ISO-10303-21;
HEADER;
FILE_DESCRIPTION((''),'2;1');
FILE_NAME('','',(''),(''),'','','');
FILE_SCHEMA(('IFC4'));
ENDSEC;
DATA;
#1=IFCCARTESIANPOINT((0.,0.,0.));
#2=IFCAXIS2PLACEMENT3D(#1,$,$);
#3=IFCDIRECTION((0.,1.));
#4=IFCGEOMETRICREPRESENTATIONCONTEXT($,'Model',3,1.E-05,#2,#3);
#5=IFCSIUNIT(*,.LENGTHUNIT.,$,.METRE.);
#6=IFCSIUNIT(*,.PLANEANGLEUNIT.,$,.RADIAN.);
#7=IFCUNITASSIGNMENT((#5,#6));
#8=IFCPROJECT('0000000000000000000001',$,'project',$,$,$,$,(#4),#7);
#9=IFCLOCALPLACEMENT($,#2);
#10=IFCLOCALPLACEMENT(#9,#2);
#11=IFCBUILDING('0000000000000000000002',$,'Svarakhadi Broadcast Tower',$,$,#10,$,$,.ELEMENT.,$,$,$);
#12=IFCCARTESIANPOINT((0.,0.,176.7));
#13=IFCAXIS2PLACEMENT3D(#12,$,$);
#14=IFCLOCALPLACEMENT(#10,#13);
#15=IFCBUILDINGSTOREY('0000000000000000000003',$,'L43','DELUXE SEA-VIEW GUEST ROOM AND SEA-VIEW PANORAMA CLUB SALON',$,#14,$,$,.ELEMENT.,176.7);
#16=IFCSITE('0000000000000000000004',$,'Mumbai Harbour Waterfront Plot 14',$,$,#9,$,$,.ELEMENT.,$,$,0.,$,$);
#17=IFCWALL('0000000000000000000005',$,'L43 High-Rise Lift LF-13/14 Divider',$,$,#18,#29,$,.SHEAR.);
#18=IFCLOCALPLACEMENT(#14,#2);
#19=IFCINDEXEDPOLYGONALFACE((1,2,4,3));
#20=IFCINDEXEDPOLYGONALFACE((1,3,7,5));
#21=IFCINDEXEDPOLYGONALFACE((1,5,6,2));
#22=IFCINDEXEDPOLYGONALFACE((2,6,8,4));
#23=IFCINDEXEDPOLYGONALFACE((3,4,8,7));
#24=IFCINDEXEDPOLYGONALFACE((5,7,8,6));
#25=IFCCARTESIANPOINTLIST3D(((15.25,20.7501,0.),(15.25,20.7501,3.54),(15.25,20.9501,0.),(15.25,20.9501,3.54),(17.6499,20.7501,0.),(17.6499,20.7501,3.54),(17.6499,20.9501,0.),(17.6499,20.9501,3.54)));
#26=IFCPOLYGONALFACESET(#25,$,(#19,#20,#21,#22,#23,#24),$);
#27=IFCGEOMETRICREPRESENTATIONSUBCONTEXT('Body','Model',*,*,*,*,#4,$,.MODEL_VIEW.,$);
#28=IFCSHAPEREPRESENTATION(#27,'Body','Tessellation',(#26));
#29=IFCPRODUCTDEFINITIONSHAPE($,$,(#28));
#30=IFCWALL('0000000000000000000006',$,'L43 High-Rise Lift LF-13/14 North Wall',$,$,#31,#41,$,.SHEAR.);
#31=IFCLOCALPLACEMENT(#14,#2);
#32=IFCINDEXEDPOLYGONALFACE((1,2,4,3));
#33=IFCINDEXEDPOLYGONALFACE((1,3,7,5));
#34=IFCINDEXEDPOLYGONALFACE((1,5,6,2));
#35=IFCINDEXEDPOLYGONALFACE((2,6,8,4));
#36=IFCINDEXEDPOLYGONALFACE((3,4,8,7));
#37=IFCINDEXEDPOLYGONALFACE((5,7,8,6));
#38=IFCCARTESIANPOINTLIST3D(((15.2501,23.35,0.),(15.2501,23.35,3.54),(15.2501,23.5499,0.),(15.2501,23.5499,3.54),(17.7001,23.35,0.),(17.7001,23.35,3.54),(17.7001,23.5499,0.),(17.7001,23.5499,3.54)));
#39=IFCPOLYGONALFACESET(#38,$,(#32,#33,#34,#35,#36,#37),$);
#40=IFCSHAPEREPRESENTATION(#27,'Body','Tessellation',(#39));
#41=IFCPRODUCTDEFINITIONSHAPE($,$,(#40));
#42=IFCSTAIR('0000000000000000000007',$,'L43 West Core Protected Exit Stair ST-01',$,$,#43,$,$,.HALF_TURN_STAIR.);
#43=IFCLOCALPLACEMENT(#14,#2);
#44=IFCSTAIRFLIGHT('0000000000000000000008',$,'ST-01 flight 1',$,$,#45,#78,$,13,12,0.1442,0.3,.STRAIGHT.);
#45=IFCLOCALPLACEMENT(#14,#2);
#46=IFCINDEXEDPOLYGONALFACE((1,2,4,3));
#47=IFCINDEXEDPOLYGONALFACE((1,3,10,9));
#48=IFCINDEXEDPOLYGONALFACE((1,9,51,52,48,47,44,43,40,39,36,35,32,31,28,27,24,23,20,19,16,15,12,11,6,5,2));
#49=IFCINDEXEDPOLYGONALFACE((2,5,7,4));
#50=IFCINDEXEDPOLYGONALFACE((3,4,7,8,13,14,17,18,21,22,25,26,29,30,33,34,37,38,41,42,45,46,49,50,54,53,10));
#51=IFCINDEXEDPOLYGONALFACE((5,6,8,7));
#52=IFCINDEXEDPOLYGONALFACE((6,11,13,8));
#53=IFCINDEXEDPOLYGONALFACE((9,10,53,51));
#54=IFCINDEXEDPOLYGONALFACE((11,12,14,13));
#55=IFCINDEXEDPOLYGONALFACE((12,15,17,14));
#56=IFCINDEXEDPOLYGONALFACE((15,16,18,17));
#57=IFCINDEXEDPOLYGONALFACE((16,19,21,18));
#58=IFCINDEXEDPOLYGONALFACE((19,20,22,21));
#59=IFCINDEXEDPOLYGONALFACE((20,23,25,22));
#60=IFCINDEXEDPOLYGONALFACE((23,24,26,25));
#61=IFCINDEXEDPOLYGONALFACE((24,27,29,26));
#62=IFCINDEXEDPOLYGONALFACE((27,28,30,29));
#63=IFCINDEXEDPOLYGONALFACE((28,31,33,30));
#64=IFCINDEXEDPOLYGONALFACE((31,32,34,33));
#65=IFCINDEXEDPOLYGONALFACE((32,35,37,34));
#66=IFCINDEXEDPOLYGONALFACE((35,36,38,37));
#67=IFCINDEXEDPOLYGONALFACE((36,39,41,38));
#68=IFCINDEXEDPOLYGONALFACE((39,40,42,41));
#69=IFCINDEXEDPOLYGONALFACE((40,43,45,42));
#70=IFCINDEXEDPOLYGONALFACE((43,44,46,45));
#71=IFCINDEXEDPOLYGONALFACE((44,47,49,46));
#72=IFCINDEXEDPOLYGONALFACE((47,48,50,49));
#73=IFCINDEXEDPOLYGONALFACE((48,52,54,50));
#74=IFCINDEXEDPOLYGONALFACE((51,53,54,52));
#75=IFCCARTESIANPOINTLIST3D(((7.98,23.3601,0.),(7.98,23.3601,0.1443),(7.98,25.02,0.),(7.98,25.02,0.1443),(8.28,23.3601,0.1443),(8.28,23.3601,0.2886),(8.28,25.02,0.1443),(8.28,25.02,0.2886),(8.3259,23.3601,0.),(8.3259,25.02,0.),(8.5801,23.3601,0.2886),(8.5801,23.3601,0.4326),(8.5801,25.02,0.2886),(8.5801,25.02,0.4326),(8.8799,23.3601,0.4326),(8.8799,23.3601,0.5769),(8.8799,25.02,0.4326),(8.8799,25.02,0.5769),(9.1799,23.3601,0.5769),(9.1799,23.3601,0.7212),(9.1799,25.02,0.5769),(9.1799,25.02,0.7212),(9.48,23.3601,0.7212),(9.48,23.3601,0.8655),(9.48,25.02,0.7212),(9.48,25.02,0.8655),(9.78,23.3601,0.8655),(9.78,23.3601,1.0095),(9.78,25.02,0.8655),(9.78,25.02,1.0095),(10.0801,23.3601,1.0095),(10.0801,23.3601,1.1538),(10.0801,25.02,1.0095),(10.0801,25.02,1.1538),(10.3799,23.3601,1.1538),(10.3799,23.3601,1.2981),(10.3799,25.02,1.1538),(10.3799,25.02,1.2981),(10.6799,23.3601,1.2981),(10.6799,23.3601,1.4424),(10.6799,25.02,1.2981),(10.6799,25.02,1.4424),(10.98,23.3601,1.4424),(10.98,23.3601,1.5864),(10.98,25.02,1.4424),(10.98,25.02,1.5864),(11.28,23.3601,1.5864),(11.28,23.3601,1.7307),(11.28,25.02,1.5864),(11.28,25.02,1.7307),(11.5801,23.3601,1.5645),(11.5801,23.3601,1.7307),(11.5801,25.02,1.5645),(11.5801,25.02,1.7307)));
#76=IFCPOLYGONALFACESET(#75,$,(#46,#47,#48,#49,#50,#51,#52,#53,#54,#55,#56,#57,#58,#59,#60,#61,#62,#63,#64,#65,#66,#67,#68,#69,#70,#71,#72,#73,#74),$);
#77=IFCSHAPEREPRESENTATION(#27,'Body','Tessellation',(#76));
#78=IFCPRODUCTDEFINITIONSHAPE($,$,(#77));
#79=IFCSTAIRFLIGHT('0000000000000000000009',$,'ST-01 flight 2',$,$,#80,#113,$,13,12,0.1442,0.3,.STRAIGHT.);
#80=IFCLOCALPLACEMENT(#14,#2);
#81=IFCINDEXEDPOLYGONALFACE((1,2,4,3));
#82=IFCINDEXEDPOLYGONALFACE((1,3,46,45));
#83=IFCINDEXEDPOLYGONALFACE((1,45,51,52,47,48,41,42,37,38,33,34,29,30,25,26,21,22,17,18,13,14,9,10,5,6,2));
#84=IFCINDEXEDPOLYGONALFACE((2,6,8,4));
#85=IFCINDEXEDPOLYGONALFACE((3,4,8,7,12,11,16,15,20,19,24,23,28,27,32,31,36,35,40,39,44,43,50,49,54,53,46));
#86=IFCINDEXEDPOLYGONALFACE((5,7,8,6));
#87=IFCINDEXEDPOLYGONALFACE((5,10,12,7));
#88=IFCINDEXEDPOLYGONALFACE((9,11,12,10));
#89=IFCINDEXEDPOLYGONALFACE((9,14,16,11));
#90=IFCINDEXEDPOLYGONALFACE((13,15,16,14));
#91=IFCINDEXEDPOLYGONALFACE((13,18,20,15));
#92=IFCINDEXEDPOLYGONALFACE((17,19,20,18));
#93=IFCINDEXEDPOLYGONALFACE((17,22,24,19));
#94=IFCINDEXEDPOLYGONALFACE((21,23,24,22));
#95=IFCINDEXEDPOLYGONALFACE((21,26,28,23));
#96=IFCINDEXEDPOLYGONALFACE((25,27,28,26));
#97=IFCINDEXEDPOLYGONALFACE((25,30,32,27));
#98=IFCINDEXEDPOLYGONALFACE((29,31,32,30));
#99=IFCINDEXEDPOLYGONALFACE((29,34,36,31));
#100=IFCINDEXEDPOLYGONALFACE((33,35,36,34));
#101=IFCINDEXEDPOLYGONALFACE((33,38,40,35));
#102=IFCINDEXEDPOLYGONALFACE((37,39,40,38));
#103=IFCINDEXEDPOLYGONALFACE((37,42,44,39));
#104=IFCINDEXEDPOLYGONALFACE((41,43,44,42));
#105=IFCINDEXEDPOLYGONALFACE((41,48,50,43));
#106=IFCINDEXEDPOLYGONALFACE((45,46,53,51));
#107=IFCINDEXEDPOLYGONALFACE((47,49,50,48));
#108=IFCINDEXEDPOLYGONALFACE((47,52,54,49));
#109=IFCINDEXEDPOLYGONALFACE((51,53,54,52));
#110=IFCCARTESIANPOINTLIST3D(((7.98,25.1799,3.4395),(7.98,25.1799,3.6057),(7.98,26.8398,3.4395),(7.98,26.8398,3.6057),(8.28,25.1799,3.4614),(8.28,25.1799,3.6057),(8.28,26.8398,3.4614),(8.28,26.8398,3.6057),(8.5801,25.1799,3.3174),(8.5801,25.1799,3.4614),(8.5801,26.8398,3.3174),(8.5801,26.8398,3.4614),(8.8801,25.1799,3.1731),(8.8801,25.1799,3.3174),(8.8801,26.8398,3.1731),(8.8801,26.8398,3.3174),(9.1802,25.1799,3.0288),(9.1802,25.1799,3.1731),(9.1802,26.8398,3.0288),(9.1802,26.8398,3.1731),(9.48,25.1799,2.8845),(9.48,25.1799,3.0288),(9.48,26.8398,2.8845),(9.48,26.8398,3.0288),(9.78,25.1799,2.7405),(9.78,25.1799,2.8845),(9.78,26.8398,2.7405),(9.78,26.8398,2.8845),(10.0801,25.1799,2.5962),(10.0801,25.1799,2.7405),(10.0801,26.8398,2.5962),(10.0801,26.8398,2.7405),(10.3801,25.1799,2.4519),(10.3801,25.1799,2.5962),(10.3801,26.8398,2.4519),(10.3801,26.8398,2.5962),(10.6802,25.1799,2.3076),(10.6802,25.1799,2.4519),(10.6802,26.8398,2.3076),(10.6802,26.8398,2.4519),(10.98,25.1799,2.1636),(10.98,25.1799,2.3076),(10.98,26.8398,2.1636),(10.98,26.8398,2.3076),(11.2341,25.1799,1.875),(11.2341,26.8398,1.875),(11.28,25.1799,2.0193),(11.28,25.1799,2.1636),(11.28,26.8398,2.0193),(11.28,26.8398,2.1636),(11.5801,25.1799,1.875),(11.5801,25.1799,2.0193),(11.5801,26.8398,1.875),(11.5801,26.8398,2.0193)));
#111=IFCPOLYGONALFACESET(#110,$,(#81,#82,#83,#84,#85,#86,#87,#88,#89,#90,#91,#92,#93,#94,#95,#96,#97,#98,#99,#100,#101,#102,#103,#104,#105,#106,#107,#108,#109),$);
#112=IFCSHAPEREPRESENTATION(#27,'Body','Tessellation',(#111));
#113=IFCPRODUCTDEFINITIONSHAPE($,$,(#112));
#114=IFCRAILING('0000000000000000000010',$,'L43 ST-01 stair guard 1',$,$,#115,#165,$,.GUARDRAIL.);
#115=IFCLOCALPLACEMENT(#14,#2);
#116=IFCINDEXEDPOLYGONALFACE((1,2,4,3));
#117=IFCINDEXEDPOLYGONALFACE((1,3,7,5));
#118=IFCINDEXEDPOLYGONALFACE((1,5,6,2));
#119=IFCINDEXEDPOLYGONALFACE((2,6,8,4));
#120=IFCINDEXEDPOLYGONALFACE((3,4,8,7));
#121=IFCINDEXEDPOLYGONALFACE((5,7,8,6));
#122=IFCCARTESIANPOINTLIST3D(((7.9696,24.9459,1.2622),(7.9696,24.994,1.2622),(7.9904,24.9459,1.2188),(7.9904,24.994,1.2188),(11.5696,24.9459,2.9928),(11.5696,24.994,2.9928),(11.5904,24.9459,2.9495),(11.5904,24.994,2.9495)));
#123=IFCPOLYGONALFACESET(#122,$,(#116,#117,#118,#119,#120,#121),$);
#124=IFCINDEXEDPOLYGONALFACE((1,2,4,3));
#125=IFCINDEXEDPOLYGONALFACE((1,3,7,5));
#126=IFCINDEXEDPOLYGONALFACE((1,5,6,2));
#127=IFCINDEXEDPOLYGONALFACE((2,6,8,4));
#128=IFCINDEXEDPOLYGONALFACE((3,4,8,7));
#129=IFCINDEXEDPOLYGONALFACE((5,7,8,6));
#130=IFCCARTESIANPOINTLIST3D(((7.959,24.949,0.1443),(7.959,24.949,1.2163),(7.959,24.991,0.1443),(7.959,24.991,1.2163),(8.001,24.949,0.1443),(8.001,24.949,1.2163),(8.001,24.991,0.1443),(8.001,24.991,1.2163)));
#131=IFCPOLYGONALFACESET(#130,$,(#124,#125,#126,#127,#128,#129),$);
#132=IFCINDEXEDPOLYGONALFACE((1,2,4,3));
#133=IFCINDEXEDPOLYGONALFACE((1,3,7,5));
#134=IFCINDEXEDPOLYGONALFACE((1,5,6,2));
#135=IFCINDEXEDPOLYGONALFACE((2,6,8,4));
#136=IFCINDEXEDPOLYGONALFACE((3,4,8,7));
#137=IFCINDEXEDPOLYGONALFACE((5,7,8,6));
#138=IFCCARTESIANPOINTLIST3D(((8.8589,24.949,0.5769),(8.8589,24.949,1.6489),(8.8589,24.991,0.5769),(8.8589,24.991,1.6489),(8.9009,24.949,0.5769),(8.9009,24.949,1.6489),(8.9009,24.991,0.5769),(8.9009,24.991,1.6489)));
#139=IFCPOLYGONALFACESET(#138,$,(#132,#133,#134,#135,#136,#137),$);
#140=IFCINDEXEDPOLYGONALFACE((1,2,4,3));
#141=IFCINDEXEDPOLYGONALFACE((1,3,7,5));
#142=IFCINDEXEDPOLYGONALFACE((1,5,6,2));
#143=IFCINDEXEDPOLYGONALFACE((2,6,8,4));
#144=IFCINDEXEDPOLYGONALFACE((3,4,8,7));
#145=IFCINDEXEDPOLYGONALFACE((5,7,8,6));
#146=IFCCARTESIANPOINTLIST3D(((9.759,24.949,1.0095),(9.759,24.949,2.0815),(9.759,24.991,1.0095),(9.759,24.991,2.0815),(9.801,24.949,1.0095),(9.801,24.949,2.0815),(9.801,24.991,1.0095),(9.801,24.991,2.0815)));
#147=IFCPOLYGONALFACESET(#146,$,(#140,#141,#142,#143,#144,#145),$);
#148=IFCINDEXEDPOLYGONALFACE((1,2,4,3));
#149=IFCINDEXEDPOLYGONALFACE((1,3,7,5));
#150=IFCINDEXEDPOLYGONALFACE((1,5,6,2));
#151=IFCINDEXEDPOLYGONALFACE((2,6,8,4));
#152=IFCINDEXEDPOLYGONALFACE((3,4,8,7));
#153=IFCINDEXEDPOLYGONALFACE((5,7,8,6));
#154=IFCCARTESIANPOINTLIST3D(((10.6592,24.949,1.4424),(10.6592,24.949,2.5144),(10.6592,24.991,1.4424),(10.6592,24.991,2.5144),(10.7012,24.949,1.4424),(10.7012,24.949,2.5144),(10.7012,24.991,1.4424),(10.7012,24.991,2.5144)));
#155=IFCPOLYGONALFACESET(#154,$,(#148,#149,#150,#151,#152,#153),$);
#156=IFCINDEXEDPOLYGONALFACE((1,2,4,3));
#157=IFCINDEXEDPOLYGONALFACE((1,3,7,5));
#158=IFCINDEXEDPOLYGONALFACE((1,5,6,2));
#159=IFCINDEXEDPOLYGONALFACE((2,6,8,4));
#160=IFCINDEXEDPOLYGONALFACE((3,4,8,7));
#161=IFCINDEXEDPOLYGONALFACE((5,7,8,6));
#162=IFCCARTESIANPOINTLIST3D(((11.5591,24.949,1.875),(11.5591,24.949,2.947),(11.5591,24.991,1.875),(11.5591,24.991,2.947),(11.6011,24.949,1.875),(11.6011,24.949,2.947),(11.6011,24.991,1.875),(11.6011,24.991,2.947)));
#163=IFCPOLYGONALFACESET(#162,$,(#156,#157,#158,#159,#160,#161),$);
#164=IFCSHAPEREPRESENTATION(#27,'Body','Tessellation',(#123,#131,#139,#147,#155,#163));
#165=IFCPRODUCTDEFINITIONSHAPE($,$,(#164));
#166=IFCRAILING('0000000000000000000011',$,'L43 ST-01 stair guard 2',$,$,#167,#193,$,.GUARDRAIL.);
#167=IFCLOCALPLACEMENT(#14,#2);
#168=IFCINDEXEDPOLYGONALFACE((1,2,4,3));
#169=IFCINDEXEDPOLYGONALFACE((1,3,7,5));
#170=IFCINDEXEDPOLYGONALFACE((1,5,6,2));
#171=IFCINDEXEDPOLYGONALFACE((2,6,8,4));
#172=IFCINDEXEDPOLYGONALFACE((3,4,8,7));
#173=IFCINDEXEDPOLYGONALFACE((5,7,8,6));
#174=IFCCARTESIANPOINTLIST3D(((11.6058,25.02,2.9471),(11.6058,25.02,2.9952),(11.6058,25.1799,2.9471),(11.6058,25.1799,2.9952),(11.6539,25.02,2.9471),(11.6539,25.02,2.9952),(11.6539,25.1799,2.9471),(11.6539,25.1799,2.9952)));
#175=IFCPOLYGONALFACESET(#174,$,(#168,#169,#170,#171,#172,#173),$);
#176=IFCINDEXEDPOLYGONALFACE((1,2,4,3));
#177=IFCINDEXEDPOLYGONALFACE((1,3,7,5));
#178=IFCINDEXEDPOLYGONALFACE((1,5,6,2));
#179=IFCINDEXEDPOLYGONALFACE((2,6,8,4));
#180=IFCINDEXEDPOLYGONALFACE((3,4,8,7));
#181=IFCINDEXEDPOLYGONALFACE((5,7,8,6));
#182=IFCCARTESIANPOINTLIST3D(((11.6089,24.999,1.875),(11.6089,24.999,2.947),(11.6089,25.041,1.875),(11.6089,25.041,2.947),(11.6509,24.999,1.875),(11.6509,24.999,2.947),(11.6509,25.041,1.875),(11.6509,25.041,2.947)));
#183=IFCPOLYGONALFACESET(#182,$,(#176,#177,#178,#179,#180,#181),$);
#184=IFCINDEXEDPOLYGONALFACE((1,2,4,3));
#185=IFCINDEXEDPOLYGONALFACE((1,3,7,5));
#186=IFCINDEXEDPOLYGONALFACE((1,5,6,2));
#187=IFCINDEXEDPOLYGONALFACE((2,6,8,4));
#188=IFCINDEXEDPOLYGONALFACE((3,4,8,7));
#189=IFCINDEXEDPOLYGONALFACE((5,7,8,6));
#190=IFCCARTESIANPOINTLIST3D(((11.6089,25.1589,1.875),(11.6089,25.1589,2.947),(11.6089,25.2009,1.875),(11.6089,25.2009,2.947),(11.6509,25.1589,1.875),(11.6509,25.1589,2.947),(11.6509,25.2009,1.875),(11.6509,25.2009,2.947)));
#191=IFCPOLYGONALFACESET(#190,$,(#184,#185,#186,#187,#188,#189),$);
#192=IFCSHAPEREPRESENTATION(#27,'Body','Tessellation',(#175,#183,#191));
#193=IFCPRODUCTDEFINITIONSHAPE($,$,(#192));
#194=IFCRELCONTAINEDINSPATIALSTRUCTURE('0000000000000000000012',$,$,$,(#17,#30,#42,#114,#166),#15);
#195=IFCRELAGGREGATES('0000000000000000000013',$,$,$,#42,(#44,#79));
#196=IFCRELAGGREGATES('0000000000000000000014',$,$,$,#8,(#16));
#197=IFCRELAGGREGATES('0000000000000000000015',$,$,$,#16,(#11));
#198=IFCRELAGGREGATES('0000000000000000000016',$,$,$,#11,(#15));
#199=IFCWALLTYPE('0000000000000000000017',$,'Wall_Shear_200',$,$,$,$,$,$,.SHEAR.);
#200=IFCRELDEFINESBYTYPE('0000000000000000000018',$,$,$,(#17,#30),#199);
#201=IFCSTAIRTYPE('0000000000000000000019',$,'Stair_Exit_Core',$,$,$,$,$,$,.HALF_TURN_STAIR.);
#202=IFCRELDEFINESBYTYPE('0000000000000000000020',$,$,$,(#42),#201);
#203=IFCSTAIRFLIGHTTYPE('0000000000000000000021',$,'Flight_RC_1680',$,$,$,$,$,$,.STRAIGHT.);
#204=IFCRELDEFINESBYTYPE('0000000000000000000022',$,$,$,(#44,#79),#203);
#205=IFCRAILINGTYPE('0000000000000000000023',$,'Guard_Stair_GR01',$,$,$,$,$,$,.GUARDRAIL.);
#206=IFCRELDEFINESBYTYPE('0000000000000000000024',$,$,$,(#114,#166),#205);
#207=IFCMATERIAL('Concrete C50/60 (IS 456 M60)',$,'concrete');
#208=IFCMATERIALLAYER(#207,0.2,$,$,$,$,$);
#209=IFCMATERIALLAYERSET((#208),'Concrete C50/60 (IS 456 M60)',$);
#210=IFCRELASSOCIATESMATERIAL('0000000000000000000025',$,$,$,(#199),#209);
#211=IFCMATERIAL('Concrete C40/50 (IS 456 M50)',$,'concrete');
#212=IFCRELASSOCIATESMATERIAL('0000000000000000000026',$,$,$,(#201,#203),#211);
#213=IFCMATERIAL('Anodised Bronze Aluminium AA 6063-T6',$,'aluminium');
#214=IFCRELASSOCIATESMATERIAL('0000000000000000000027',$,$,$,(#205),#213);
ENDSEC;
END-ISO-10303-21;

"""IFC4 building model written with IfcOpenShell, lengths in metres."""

from ifc_helpers import new_model, si_unit, direction, frame, frame_2d, origin, origin_2d, place, context, subcontext, project, spatial, polyline, rectangle, outline, extrude, material, layer, layer_set, type_object, element, aggregate, save


model = new_model("IFC4")

# Units and contexts
model_context = context("Model", 3, precision=1e-05, world=origin(), true_north=direction((0.0, 1.0)))
body_context = subcontext(model_context, "Body", "Model", "MODEL_VIEW")
ifc_project = project(units=[si_unit("LENGTHUNIT", "METRE"), si_unit("PLANEANGLEUNIT", "RADIAN")], contexts=[model_context])

# Site, building, storey
site_placement = place(None, origin())
site = spatial("IfcSite", under=ifc_project, at=site_placement, Name="Mumbai Harbour Waterfront Plot 14", CompositionType="ELEMENT", RefElevation=0.0)
building_placement = place(site_placement, origin())
building = spatial("IfcBuilding", under=site, at=building_placement, Name="Svarakhadi Broadcast Tower", CompositionType="ELEMENT")
storey_placement = place(building_placement, frame((0.0, 0.0, 176.7)))
storey = spatial("IfcBuildingStorey", under=building, at=storey_placement, Name="L43", Description="DELUXE SEA-VIEW GUEST ROOM AND SEA-VIEW PANORAMA CLUB SALON", CompositionType="ELEMENT", Elevation=176.7)

# Shared definitions
ifc_material_1 = material(Name="Concrete C50/60 (IS 456 M60)", Category="concrete")

# Shared definitions
ifc_material_2 = material(Name="Concrete C40/50 (IS 456 M50)", Category="concrete")

# Shared definitions
ifc_layer_1 = layer(ifc_material_1, 0.2)
ifc_layer_set_1 = layer_set([ifc_layer_1], Name="Concrete C50/60 (IS 456 M60)")
wall_type_1 = type_object("IfcWallType", Name="Wall_Shear_200", PredefinedType="SHEAR", material=ifc_layer_set_1)

# Walls
wall_1_placement = place(storey_placement, frame((15.25, 20.8501, 0.0), z_axis=(0.0, 0.0, 1.0), x_axis=(1.0, 0.0, 0.0)))
element("IfcWall", 1, at=wall_1_placement, inside=storey, type_object=wall_type_1, Name="L43 High-Rise Lift LF-13/14 Divider", PredefinedType="SHEAR", context=body_context, shape_type="SweptSolid", body=[
    extrude(rectangle(XDim=2.3999, YDim=0.2, at=frame_2d((1.2, 0.0))), origin(), (0.0, 0.0, 1.0), 3.54),
])
wall_2_placement = place(storey_placement, frame((15.25, 23.45, 0.0), z_axis=(0.0, 0.0, 1.0), x_axis=(1.0, 0.0, 0.0)))
element("IfcWall", 2, at=wall_2_placement, inside=storey, type_object=wall_type_1, Name="L43 High-Rise Lift LF-13/14 North Wall", PredefinedType="SHEAR", context=body_context, shape_type="SweptSolid", body=[
    extrude(rectangle(XDim=2.45, YDim=0.2, at=frame_2d((1.2251, 0.0))), origin(), (0.0, 0.0, 1.0), 3.54),
])

# Stair, stair flights
stair_type = type_object("IfcStairType", Name="Stair_Exit_Core", PredefinedType="HALF_TURN_STAIR", material=ifc_material_2)
stair_placement = place(storey_placement, origin())
stair = element("IfcStair", 3, at=stair_placement, inside=storey, type_object=stair_type, Name="L43 West Core Protected Exit Stair ST-01", PredefinedType="HALF_TURN_STAIR")
stair_flight_type = type_object("IfcStairFlightType", Name="Flight_RC_1680", PredefinedType="STRAIGHT", material=ifc_material_2)
stair_flight_1_placement = place(storey_placement, frame((7.98, 24.1899, 0.0), z_axis=(0.0, 0.0, 1.0), x_axis=(1.0, 0.0, 0.0)))
stair_flight_1 = element("IfcStairFlight", 4, at=stair_flight_1_placement, type_object=stair_flight_type, Name="ST-01 flight 1", NumberOfRisers=13, NumberOfTreads=12, PredefinedType="STRAIGHT", RiserHeight=0.1442, TreadLength=0.3, context=body_context, shape_type="SweptSolid", body=[
    extrude(outline(polyline([(0.0, 0.0), (0.0, 0.1443), (0.3, 0.1443), (0.3, 0.2886), (0.6001, 0.2886), (0.6001, 0.4326), (0.8999, 0.4326), (0.8999, 0.5769), (1.2, 0.5769), (1.2, 0.7212), (1.5, 0.7212), (1.5, 0.8655), (1.8, 0.8655), (1.8, 1.0095), (2.1001, 1.0095), (2.1001, 1.1538), (2.3999, 1.1538), (2.3999, 1.2981), (2.7, 1.2981), (2.7, 1.4424), (3.0, 1.4424), (3.0, 1.5864), (3.3, 1.5864), (3.3, 1.7307), (3.6001, 1.7307), (3.6001, 1.875), (3.6001, 1.5645), (0.3459, 0.0), (0.0, 0.0)])), frame((0.0, 0.8301, 0.0), z_axis=(0.0, -1.0, 0.0), x_axis=(1.0, 0.0, 0.0)), (0.0, 0.0, 1.0), 1.6599),
])
stair_flight_2_placement = place(storey_placement, frame((11.5801, 26.01, 1.875), z_axis=(0.0, 0.0, 1.0), x_axis=(-1.0, 0.0, 0.0)))
stair_flight_2 = element("IfcStairFlight", 5, at=stair_flight_2_placement, type_object=stair_flight_type, Name="ST-01 flight 2", NumberOfRisers=13, NumberOfTreads=12, PredefinedType="STRAIGHT", RiserHeight=0.1442, TreadLength=0.3, context=body_context, shape_type="SweptSolid", body=[
    extrude(outline(polyline([(0.0, 0.0), (0.0, 0.1443), (0.3, 0.1443), (0.3, 0.2886), (0.6001, 0.2886), (0.6001, 0.4326), (0.8999, 0.4326), (0.8999, 0.5769), (1.2, 0.5769), (1.2, 0.7212), (1.5, 0.7212), (1.5, 0.8655), (1.8, 0.8655), (1.8, 1.0095), (2.1001, 1.0095), (2.1001, 1.1538), (2.3999, 1.1538), (2.3999, 1.2981), (2.7, 1.2981), (2.7, 1.4424), (3.0, 1.4424), (3.0, 1.5864), (3.3, 1.5864), (3.3, 1.7307), (3.6001, 1.7307), (3.6001, 1.875), (3.6001, 1.5645), (0.3459, 0.0), (0.0, 0.0)])), frame((0.0, 0.8301, 0.0), z_axis=(0.0, -1.0, 0.0), x_axis=(1.0, 0.0, 0.0)), (0.0, 0.0, 1.0), 1.6599),
])
aggregate(stair, [stair_flight_1, stair_flight_2])

# Railings
ifc_material_3 = material(Name="Anodised Bronze Aluminium AA 6063-T6", Category="aluminium")
railing_type_1 = type_object("IfcRailingType", Name="Guard_Stair_GR01", PredefinedType="GUARDRAIL", material=ifc_material_3)
railing_1_placement = place(storey_placement, frame((7.98, 24.97, 0.1443)))
element("IfcRailing", 6, at=railing_1_placement, inside=storey, type_object=railing_type_1, Name="L43 ST-01 stair guard 1", PredefinedType="GUARDRAIL", context=body_context, shape_type="SweptSolid", body=[
    extrude(rectangle(XDim=0.0481, YDim=0.0481, at=origin_2d()), frame((0.0, 0.0, 1.0962), z_axis=(0.901263, 0.0, 0.433273), x_axis=(0.0, 1.0, 0.0)), (0.0, 0.0, 1.0), 3.9944),
    extrude(rectangle(XDim=0.042, YDim=0.042, at=origin_2d()), origin(), (0.0, 0.0, 1.0), 1.072),
    extrude(rectangle(XDim=0.042, YDim=0.042, at=origin_2d()), frame((0.8999, 0.0, 0.4326)), (0.0, 0.0, 1.0), 1.072),
    extrude(rectangle(XDim=0.042, YDim=0.042, at=origin_2d()), frame((1.8, 0.0, 0.8652)), (0.0, 0.0, 1.0), 1.072),
    extrude(rectangle(XDim=0.042, YDim=0.042, at=origin_2d()), frame((2.7002, 0.0, 1.2981)), (0.0, 0.0, 1.0), 1.072),
    extrude(rectangle(XDim=0.042, YDim=0.042, at=origin_2d()), frame((3.6001, 0.0, 1.7307)), (0.0, 0.0, 1.0), 1.072),
])
railing_2_placement = place(storey_placement, frame((11.6299, 25.02, 1.875)))
element("IfcRailing", 7, at=railing_2_placement, inside=storey, type_object=railing_type_1, Name="L43 ST-01 stair guard 2", PredefinedType="GUARDRAIL", context=body_context, shape_type="SweptSolid", body=[
    extrude(rectangle(XDim=0.0481, YDim=0.0481, at=origin_2d()), frame((0.0, 0.0, 1.0962), z_axis=(0.0, 1.0, 0.0), x_axis=(-1.0, 0.0, 0.0)), (0.0, 0.0, 1.0), 0.1599),
    extrude(rectangle(XDim=0.042, YDim=0.042, at=origin_2d()), origin(), (0.0, 0.0, 1.0), 1.072),
    extrude(rectangle(XDim=0.042, YDim=0.042, at=origin_2d()), frame((0.0, 0.1599, 0.0)), (0.0, 0.0, 1.0), 1.072),
])

save(model, "model.ifc")
